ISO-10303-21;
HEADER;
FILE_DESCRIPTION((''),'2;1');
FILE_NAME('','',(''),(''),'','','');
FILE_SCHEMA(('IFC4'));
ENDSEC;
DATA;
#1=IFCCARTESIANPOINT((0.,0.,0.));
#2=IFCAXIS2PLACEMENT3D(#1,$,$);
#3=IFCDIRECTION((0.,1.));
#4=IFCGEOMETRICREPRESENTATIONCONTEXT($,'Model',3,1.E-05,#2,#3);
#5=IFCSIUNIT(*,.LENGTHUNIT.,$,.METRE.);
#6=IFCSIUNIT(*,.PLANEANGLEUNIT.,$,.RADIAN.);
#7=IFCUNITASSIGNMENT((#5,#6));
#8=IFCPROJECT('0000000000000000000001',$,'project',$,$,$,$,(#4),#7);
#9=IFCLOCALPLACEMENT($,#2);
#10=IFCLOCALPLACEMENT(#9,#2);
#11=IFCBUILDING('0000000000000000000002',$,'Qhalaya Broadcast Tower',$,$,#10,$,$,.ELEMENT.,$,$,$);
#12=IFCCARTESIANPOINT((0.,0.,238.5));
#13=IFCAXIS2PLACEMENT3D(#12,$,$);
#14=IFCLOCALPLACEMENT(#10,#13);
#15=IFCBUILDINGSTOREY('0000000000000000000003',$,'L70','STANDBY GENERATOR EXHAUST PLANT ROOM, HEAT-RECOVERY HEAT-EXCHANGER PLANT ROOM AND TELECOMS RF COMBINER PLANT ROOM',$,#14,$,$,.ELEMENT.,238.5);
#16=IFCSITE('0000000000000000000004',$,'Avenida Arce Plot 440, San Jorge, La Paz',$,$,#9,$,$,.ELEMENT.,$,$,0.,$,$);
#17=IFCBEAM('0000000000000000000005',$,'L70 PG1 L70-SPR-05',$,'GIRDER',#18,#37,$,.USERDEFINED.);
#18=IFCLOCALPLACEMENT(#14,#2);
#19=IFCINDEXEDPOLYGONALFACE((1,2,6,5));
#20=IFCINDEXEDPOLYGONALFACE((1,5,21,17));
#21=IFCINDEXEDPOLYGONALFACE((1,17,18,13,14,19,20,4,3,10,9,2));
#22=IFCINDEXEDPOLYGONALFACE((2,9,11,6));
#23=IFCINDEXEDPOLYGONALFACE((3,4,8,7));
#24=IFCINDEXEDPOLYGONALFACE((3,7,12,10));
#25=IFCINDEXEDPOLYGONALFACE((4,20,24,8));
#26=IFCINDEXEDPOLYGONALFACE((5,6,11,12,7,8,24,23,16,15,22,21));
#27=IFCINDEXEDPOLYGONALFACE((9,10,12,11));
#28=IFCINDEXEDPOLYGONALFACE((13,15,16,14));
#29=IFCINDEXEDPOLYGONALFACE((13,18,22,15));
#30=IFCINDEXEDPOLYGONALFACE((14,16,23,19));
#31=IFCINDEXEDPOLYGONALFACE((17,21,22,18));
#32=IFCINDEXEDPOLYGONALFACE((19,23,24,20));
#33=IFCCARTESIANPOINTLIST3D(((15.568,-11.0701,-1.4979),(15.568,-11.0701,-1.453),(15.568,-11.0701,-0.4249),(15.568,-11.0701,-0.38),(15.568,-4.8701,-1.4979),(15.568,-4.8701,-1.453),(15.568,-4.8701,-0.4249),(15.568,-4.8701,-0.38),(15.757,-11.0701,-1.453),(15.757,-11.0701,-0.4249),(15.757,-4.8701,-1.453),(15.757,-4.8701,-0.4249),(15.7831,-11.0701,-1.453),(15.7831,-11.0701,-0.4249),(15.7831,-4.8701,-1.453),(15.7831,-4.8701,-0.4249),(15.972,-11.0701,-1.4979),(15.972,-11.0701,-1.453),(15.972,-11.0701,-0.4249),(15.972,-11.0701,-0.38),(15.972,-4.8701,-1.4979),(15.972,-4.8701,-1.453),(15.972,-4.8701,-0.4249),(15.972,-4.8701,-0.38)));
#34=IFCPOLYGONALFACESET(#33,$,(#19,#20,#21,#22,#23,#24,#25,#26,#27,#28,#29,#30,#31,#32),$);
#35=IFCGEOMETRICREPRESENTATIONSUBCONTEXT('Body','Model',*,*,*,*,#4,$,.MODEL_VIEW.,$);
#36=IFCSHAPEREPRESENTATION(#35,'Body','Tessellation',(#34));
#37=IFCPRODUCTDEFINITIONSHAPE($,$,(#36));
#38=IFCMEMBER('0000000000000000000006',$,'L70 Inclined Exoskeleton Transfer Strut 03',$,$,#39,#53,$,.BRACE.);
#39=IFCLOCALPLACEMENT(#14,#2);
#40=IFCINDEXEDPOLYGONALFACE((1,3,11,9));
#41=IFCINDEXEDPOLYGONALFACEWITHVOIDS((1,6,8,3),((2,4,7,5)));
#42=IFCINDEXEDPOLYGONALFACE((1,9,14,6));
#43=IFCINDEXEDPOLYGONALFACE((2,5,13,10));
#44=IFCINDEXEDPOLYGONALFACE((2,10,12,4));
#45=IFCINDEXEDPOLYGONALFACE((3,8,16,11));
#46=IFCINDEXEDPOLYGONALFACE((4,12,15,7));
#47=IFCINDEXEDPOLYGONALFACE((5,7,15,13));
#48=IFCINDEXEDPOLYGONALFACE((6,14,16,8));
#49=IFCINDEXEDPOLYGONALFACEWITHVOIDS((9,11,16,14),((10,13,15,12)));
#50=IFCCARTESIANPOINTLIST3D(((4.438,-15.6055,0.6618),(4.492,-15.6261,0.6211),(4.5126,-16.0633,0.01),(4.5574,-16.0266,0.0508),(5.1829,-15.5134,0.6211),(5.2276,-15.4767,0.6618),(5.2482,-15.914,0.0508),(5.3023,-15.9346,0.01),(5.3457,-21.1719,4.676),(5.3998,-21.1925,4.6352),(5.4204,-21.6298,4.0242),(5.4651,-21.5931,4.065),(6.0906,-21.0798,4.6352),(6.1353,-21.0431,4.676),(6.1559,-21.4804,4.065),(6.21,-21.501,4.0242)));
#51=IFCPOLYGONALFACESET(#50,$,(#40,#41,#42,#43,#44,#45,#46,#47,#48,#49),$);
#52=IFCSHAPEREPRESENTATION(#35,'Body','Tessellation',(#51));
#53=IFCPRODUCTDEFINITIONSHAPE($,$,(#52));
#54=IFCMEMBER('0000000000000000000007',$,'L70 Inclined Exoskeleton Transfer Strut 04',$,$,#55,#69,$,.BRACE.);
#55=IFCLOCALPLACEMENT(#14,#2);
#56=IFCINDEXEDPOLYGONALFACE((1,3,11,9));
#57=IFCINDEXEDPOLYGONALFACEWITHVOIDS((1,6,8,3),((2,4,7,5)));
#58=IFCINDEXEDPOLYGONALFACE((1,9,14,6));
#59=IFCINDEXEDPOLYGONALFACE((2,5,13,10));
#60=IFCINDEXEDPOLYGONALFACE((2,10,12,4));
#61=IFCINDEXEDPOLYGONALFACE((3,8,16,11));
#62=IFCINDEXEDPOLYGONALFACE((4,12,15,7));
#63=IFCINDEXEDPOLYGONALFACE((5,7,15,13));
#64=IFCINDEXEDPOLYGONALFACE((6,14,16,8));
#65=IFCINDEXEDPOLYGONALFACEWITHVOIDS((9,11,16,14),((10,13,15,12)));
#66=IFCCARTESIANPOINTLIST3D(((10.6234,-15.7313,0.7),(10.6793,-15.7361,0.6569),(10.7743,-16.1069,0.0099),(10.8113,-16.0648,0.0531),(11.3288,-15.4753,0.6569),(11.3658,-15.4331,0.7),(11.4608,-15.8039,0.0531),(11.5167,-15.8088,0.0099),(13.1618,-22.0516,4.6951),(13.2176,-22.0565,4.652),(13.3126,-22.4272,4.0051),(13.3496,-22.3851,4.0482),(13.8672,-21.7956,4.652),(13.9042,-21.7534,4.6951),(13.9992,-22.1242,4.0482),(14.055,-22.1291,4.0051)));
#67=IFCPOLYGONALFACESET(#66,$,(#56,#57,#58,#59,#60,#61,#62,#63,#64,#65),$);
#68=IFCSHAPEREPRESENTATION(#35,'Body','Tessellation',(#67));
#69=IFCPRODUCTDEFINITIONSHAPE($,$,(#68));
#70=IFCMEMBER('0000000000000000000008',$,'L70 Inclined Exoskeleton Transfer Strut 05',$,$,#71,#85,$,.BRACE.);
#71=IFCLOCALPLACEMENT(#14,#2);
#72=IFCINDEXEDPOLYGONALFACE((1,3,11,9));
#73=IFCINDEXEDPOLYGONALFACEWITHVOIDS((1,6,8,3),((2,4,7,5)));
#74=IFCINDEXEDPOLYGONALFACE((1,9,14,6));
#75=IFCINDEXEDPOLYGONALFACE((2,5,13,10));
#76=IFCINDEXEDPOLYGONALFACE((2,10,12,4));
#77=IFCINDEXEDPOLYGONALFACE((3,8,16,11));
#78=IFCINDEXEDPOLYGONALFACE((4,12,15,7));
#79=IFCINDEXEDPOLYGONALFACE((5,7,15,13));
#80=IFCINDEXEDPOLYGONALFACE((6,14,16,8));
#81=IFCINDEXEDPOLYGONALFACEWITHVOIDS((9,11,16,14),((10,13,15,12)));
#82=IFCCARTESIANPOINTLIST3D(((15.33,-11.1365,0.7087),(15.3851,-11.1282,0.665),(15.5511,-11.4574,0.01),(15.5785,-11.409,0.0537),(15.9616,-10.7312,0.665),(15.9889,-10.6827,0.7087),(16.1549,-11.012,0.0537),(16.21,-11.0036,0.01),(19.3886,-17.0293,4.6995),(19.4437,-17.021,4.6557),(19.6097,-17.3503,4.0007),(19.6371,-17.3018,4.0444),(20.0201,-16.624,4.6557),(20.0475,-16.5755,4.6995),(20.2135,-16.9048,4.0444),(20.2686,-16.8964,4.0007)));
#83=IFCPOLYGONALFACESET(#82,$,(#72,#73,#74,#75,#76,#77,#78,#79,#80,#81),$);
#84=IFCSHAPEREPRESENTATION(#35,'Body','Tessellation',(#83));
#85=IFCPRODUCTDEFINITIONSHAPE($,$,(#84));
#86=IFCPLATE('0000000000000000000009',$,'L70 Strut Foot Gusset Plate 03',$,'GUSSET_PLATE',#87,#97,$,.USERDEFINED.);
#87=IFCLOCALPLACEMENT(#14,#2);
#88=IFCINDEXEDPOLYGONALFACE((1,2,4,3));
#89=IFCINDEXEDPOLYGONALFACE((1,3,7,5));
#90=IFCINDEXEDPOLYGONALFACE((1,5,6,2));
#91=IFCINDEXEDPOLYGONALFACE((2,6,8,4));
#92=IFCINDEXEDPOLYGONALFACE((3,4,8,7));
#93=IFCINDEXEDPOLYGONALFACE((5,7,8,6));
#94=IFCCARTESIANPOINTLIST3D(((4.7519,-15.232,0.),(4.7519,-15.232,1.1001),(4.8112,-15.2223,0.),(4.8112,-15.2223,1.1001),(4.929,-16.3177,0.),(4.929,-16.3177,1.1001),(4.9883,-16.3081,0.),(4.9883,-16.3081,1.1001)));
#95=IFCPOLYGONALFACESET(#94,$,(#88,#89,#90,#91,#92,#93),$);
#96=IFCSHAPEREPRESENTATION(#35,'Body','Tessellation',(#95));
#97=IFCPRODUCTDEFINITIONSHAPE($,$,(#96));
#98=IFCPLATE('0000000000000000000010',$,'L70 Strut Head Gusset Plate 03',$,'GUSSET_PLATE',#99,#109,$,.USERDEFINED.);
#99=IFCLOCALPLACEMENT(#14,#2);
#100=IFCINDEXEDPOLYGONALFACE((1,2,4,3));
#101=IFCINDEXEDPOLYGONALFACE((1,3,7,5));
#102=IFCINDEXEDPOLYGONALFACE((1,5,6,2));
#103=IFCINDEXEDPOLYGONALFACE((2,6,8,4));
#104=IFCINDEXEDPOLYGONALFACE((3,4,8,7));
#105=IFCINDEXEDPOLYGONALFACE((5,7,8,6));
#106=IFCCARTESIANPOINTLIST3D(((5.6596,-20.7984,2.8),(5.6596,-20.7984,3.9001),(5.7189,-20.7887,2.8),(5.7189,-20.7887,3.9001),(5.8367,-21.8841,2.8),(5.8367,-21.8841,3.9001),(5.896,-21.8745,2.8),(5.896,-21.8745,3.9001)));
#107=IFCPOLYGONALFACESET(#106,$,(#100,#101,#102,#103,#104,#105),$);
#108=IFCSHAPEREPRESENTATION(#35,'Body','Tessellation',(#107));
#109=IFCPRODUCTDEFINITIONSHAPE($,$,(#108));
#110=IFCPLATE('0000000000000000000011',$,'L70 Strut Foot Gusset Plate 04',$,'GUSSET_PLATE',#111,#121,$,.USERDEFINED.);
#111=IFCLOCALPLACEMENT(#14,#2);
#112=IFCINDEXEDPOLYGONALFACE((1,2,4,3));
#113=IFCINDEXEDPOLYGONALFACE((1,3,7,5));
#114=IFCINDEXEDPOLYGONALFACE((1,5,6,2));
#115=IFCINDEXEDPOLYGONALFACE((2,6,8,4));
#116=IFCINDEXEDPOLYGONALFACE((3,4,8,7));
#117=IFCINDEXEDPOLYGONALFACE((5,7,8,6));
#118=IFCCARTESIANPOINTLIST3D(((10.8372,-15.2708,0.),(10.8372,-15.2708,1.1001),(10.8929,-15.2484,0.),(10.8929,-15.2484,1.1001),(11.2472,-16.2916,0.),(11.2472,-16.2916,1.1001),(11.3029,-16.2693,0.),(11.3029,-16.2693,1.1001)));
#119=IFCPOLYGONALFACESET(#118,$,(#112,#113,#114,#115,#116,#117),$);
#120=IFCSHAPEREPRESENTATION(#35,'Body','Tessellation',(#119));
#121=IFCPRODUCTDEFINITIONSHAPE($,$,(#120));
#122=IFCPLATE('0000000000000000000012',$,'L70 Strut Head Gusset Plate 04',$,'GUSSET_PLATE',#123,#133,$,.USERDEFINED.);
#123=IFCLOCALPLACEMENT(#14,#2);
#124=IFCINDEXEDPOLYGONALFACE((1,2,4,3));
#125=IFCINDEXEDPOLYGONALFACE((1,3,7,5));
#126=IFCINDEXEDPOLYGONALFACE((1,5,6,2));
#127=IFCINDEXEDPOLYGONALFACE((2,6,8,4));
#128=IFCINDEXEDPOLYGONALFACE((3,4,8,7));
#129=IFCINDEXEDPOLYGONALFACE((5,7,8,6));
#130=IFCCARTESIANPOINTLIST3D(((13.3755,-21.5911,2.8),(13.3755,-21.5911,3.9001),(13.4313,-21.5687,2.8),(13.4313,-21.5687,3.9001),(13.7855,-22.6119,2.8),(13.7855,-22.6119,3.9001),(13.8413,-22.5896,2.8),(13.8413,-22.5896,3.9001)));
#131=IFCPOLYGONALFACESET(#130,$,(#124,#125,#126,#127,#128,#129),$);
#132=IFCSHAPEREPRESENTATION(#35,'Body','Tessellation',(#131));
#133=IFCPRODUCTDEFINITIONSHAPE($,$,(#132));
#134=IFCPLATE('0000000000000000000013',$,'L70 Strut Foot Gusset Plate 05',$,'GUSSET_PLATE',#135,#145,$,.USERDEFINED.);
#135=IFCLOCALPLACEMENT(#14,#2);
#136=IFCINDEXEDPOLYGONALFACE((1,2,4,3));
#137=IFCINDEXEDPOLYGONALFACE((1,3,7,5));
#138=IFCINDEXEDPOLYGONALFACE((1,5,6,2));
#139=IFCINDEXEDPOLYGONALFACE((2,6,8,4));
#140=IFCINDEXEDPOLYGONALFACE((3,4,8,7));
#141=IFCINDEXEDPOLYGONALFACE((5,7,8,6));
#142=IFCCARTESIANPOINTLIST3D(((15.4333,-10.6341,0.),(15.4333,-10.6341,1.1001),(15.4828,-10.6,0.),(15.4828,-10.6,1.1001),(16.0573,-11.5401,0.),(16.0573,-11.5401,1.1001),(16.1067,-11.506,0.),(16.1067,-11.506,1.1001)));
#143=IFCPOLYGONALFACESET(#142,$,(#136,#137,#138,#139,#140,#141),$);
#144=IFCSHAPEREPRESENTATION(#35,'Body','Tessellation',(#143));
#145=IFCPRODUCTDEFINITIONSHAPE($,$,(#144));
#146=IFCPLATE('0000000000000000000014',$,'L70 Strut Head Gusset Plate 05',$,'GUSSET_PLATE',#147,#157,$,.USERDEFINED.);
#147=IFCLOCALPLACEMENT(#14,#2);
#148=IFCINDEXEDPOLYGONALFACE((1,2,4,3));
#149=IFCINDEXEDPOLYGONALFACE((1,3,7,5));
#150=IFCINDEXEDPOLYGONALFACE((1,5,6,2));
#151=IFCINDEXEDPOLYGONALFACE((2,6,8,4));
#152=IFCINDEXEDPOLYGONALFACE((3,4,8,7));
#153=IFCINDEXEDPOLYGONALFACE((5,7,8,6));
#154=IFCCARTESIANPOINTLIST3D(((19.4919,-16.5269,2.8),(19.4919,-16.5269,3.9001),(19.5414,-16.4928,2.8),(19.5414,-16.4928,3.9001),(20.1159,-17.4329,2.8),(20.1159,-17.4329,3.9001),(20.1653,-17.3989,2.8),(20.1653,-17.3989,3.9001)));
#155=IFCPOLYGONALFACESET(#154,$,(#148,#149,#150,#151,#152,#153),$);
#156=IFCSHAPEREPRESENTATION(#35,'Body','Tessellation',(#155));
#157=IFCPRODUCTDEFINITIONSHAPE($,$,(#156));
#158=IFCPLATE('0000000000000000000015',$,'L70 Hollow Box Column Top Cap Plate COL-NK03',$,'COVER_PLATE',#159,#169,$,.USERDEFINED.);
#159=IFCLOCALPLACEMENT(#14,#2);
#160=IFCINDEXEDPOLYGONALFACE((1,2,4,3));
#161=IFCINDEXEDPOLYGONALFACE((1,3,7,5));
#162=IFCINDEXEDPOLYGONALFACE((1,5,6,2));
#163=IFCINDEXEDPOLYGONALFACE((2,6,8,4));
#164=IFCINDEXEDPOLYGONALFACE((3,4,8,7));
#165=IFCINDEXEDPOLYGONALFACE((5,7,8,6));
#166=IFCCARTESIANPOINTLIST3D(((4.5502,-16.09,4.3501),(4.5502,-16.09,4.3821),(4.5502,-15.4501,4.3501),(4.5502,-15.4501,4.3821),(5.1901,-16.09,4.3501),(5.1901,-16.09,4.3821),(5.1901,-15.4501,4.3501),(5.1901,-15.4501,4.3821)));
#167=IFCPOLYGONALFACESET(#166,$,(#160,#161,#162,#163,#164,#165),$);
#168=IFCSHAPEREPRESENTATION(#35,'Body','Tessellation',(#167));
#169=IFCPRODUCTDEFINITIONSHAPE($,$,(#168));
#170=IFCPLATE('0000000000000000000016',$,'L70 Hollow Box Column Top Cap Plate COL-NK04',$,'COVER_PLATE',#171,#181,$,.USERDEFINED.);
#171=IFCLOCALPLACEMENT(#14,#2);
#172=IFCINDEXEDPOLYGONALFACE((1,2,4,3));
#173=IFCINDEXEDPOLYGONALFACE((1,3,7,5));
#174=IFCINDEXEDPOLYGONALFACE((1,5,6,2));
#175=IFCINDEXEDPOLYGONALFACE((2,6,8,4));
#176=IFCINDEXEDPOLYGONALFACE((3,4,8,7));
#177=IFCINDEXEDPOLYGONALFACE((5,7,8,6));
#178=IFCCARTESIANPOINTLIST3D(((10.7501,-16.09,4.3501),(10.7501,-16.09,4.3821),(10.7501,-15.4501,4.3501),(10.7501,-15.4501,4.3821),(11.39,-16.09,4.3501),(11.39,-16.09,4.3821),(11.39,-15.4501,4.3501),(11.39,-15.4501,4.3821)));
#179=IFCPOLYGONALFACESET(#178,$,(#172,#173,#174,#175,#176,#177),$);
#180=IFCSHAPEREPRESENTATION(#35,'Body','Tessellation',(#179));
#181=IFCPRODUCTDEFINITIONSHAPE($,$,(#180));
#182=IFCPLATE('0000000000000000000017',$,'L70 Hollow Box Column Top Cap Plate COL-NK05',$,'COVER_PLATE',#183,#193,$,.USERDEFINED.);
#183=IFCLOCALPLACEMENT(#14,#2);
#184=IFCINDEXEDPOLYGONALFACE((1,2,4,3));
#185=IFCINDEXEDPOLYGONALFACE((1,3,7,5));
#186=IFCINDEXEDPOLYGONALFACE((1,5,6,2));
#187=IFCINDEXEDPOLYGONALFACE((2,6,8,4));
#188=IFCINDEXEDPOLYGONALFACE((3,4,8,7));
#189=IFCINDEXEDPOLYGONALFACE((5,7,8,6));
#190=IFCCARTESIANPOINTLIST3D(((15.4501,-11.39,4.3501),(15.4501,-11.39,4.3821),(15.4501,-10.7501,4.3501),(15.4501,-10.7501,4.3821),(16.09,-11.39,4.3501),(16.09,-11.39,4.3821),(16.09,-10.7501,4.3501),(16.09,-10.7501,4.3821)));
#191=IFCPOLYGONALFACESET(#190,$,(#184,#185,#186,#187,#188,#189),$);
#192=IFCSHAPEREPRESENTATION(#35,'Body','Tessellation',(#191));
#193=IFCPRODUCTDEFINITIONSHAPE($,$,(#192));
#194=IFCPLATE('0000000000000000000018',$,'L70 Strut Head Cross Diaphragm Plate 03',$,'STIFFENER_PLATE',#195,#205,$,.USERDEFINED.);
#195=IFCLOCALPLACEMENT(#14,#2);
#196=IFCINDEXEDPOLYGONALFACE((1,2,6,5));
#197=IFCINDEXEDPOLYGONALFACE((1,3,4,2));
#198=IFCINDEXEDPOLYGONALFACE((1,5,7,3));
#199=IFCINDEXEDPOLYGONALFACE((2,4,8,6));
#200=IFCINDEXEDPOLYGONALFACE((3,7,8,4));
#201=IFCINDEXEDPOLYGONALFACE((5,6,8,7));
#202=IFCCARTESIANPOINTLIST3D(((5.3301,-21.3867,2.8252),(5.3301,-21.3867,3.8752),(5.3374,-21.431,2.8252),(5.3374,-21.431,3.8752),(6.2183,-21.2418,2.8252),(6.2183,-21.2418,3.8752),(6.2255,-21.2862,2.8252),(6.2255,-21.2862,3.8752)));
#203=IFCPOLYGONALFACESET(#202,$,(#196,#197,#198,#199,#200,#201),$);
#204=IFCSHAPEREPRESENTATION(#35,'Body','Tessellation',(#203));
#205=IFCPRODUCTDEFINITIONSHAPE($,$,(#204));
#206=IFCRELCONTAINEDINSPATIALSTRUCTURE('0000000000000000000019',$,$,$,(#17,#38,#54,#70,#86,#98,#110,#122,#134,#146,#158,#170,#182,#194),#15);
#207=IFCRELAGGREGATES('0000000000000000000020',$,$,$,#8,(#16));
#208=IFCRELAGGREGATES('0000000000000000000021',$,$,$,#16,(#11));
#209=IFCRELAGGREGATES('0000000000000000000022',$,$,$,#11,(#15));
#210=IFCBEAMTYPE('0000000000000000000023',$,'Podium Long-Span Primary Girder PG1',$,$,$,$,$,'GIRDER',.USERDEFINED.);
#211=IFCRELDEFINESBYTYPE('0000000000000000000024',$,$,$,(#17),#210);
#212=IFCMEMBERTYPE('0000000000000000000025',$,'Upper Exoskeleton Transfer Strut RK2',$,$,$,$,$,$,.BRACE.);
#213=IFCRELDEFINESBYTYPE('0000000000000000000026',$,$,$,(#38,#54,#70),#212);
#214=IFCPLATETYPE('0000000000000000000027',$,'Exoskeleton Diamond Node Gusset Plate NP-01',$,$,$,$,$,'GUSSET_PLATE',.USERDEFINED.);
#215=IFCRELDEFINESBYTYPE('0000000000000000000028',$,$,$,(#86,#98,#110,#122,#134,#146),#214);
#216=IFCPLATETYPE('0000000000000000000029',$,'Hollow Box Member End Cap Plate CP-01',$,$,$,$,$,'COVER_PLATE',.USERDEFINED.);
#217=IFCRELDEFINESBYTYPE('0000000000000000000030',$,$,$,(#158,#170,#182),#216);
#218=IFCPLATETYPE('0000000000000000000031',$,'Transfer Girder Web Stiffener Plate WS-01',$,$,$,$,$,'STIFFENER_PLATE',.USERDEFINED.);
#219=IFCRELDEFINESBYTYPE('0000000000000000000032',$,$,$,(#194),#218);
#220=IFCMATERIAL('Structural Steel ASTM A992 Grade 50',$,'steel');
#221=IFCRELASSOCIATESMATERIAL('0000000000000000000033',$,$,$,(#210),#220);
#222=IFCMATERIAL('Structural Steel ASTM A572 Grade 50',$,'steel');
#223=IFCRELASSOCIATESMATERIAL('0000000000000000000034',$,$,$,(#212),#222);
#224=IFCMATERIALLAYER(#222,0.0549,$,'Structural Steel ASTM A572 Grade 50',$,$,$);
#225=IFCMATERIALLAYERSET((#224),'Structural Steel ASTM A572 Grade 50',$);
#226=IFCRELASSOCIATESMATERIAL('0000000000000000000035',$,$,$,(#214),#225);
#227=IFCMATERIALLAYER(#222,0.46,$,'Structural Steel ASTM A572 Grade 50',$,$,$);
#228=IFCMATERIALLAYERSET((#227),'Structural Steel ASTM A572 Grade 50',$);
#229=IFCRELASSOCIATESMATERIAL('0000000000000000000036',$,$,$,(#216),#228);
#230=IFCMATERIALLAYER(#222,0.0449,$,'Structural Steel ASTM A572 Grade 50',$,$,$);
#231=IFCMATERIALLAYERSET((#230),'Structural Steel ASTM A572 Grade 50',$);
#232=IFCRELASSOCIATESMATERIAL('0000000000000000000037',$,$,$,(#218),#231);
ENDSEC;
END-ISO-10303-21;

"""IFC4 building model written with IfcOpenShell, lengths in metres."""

from ifc_helpers import new_model, si_unit, direction, frame, origin, origin_2d, place, context, subcontext, project, spatial, rectangle, hollow_rectangle, i_section, extrude, material, layer, layer_set, material_profile, profile_set, type_object, element, save


model = new_model("IFC4")

# Units and contexts
model_context = context("Model", 3, precision=1e-05, world=origin(), true_north=direction((0.0, 1.0)))
body_context = subcontext(model_context, "Body", "Model", "MODEL_VIEW")
ifc_project = project(units=[si_unit("LENGTHUNIT", "METRE"), si_unit("PLANEANGLEUNIT", "RADIAN")], contexts=[model_context])

# Site, building, storey
site_placement = place(None, origin())
site = spatial("IfcSite", under=ifc_project, at=site_placement, Name="Avenida Arce Plot 440, San Jorge, La Paz", CompositionType="ELEMENT", RefElevation=0.0)
building_placement = place(site_placement, origin())
building = spatial("IfcBuilding", under=site, at=building_placement, Name="Qhalaya Broadcast Tower", CompositionType="ELEMENT")
storey_placement = place(building_placement, frame((0.0, 0.0, 238.5)))
storey = spatial("IfcBuildingStorey", under=building, at=storey_placement, Name="L70", Description="STANDBY GENERATOR EXHAUST PLANT ROOM, HEAT-RECOVERY HEAT-EXCHANGER PLANT ROOM AND TELECOMS RF COMBINER PLANT ROOM", CompositionType="ELEMENT", Elevation=238.5)

# Shared definitions
ifc_material_1 = material(Name="Structural Steel ASTM A572 Grade 50", Category="steel")

# Beam
ifc_material_2 = material(Name="Structural Steel ASTM A992 Grade 50", Category="steel")
ifc_material_profile_1 = material_profile(ifc_material_2, i_section(OverallWidth=0.4041, OverallDepth=1.1179, WebThickness=0.0261, FlangeThickness=0.0449, at=origin_2d()), Name="W44X335")
ifc_profile_set_1 = profile_set([ifc_material_profile_1], Name="Structural Steel ASTM A992 Grade 50")
beam_type_1 = type_object("IfcBeamType", Name="Podium Long-Span Primary Girder PG1", ElementType="GIRDER", PredefinedType="USERDEFINED", material=ifc_profile_set_1)
beam_1_placement = place(storey_placement, frame((15.77, -11.0701, -0.939), z_axis=(0.0, 1.0, 0.0), x_axis=(-1.0, 0.0, 0.0)))
element("IfcBeam", 1, at=beam_1_placement, inside=storey, type_object=beam_type_1, Name="L70 PG1 L70-SPR-05", ObjectType="GIRDER", PredefinedType="USERDEFINED", context=body_context, shape_type="SweptSolid", body=[
    extrude(i_section(OverallWidth=0.4041, OverallDepth=1.1179, WebThickness=0.0261, FlangeThickness=0.0449, at=origin_2d()), origin(), (0.0, 0.0, 1.0), 6.2),
])

# Members
ifc_material_profile_2 = material_profile(ifc_material_1, hollow_rectangle(XDim=0.8, YDim=0.8, WallThickness=0.05, at=origin_2d()), Name="BOX 800x800x50")
ifc_profile_set_2 = profile_set([ifc_material_profile_2], Name="Structural Steel ASTM A572 Grade 50")
member_type = type_object("IfcMemberType", Name="Upper Exoskeleton Transfer Strut RK2", PredefinedType="BRACE", material=ifc_profile_set_2)
member_1_placement = place(storey_placement, frame((4.8701, -15.77, 0.3359), z_axis=(0.131124, -0.804093, 0.579864), x_axis=(0.986963, 0.160944, 0.0)))
element("IfcMember", 2, at=member_1_placement, inside=storey, type_object=member_type, Name="L70 Inclined Exoskeleton Transfer Strut 03", PredefinedType="BRACE", context=body_context, shape_type="SweptSolid", body=[
    extrude(hollow_rectangle(XDim=0.8, YDim=0.8, WallThickness=0.05, at=origin_2d()), origin(), (0.0, 0.0, 1.0), 6.9226),
])
member_2_placement = place(storey_placement, frame((11.0701, -15.77, 0.355), z_axis=(0.321461, -0.800422, 0.505953), x_axis=(0.927959, 0.372682, 0.0)))
element("IfcMember", 3, at=member_2_placement, inside=storey, type_object=member_type, Name="L70 Inclined Exoskeleton Transfer Strut 04", PredefinedType="BRACE", context=body_context, shape_type="SweptSolid", body=[
    extrude(hollow_rectangle(XDim=0.8, YDim=0.8, WallThickness=0.05, at=origin_2d()), origin(), (0.0, 0.0, 1.0), 7.8962),
])
member_3_placement = place(storey_placement, frame((15.77, -11.0701, 0.3594), z_axis=(0.49538, -0.719261, 0.487096), x_axis=(0.823567, 0.567219, 0.0)))
element("IfcMember", 4, at=member_3_placement, inside=storey, type_object=member_type, Name="L70 Inclined Exoskeleton Transfer Strut 05", PredefinedType="BRACE", context=body_context, shape_type="SweptSolid", body=[
    extrude(hollow_rectangle(XDim=0.8, YDim=0.8, WallThickness=0.05, at=origin_2d()), origin(), (0.0, 0.0, 1.0), 8.1929),
])

# Plates
ifc_layer_1 = layer(ifc_material_1, 0.0549, Name="Structural Steel ASTM A572 Grade 50")
ifc_layer_set_1 = layer_set([ifc_layer_1], Name="Structural Steel ASTM A572 Grade 50")
plate_type_1 = type_object("IfcPlateType", Name="Exoskeleton Diamond Node Gusset Plate NP-01", ElementType="GUSSET_PLATE", PredefinedType="USERDEFINED", material=ifc_layer_set_1)
for number, where, z_axis, x_axis, name in (
    (5, (4.8701, -15.77, 0.0), (0.0, 0.0, 1.0), (0.160984, -0.986957, 0.0), "L70 Strut Foot Gusset Plate 03"),
    (6, (5.7778, -21.3364, 2.8), (0.0, 0.0, 1.0), (0.160984, -0.986957, 0.0), "L70 Strut Head Gusset Plate 03"),
    (7, (11.0701, -15.77, 0.0), (0.0, 0.0, 1.0), (0.37268, -0.92796, 0.0), "L70 Strut Foot Gusset Plate 04"),
    (8, (13.6084, -22.0903, 2.8), (0.0, 0.0, 1.0), (0.37268, -0.92796, 0.0), "L70 Strut Head Gusset Plate 04"),
    (9, (15.77, -11.0701, 0.0), (0.0, 0.0, 1.0), (0.567197, -0.823582, 0.0), "L70 Strut Foot Gusset Plate 05"),
    (10, (19.8286, -16.9629, 2.8), (0.0, 0.0, 1.0), (0.567197, -0.823582, 0.0), "L70 Strut Head Gusset Plate 05"),
):
    element("IfcPlate", number, at=place(storey_placement, frame(where, z_axis=z_axis, x_axis=x_axis)), inside=storey, type_object=plate_type_1, Name=name, ObjectType="GUSSET_PLATE", PredefinedType="USERDEFINED", context=body_context, shape_type="SweptSolid", body=[
        extrude(rectangle(XDim=1.1001, YDim=0.0601, at=origin_2d()), origin(), (0.0, 0.0, 1.0), 1.1001),
    ])
ifc_layer_2 = layer(ifc_material_1, 0.46, Name="Structural Steel ASTM A572 Grade 50")
ifc_layer_set_2 = layer_set([ifc_layer_2], Name="Structural Steel ASTM A572 Grade 50")
plate_type_2 = type_object("IfcPlateType", Name="Hollow Box Member End Cap Plate CP-01", ElementType="COVER_PLATE", PredefinedType="USERDEFINED", material=ifc_layer_set_2)
for number, where, z_axis, x_axis, name in (
    (11, (4.8701, -15.77, 4.3501), (0.0, 0.0, 1.0), (1.0, 0.0, 0.0), "L70 Hollow Box Column Top Cap Plate COL-NK03"),
    (12, (11.0701, -15.77, 4.3501), (0.0, 0.0, 1.0), (1.0, 0.0, 0.0), "L70 Hollow Box Column Top Cap Plate COL-NK04"),
    (13, (15.77, -11.0701, 4.3501), (0.0, 0.0, 1.0), (0.0, 1.0, 0.0), "L70 Hollow Box Column Top Cap Plate COL-NK05"),
):
    element("IfcPlate", number, at=place(storey_placement, frame(where, z_axis=z_axis, x_axis=x_axis)), inside=storey, type_object=plate_type_2, Name=name, ObjectType="COVER_PLATE", PredefinedType="USERDEFINED", context=body_context, shape_type="SweptSolid", body=[
        extrude(rectangle(XDim=0.6399, YDim=0.6399, at=origin_2d()), origin(), (0.0, 0.0, 1.0), 0.032),
    ])
ifc_layer_3 = layer(ifc_material_1, 0.0449, Name="Structural Steel ASTM A572 Grade 50")
ifc_layer_set_3 = layer_set([ifc_layer_3], Name="Structural Steel ASTM A572 Grade 50")
plate_type_3 = type_object("IfcPlateType", Name="Transfer Girder Web Stiffener Plate WS-01", ElementType="STIFFENER_PLATE", PredefinedType="USERDEFINED", material=ifc_layer_set_3)
for number, where, z_axis, x_axis, name in (
    (14, (5.7778, -21.3364, 2.8252), (0.0, 0.0, 1.0), (0.986957, 0.160984, 0.0), "L70 Strut Head Cross Diaphragm Plate 03"),
):
    element("IfcPlate", number, at=place(storey_placement, frame(where, z_axis=z_axis, x_axis=x_axis)), inside=storey, type_object=plate_type_3, Name=name, ObjectType="STIFFENER_PLATE", PredefinedType="USERDEFINED", context=body_context, shape_type="SweptSolid", body=[
        extrude(rectangle(XDim=0.8999, YDim=0.0449, at=origin_2d()), origin(), (0.0, 0.0, 1.0), 1.05),
    ])

save(model, "model.ifc")
